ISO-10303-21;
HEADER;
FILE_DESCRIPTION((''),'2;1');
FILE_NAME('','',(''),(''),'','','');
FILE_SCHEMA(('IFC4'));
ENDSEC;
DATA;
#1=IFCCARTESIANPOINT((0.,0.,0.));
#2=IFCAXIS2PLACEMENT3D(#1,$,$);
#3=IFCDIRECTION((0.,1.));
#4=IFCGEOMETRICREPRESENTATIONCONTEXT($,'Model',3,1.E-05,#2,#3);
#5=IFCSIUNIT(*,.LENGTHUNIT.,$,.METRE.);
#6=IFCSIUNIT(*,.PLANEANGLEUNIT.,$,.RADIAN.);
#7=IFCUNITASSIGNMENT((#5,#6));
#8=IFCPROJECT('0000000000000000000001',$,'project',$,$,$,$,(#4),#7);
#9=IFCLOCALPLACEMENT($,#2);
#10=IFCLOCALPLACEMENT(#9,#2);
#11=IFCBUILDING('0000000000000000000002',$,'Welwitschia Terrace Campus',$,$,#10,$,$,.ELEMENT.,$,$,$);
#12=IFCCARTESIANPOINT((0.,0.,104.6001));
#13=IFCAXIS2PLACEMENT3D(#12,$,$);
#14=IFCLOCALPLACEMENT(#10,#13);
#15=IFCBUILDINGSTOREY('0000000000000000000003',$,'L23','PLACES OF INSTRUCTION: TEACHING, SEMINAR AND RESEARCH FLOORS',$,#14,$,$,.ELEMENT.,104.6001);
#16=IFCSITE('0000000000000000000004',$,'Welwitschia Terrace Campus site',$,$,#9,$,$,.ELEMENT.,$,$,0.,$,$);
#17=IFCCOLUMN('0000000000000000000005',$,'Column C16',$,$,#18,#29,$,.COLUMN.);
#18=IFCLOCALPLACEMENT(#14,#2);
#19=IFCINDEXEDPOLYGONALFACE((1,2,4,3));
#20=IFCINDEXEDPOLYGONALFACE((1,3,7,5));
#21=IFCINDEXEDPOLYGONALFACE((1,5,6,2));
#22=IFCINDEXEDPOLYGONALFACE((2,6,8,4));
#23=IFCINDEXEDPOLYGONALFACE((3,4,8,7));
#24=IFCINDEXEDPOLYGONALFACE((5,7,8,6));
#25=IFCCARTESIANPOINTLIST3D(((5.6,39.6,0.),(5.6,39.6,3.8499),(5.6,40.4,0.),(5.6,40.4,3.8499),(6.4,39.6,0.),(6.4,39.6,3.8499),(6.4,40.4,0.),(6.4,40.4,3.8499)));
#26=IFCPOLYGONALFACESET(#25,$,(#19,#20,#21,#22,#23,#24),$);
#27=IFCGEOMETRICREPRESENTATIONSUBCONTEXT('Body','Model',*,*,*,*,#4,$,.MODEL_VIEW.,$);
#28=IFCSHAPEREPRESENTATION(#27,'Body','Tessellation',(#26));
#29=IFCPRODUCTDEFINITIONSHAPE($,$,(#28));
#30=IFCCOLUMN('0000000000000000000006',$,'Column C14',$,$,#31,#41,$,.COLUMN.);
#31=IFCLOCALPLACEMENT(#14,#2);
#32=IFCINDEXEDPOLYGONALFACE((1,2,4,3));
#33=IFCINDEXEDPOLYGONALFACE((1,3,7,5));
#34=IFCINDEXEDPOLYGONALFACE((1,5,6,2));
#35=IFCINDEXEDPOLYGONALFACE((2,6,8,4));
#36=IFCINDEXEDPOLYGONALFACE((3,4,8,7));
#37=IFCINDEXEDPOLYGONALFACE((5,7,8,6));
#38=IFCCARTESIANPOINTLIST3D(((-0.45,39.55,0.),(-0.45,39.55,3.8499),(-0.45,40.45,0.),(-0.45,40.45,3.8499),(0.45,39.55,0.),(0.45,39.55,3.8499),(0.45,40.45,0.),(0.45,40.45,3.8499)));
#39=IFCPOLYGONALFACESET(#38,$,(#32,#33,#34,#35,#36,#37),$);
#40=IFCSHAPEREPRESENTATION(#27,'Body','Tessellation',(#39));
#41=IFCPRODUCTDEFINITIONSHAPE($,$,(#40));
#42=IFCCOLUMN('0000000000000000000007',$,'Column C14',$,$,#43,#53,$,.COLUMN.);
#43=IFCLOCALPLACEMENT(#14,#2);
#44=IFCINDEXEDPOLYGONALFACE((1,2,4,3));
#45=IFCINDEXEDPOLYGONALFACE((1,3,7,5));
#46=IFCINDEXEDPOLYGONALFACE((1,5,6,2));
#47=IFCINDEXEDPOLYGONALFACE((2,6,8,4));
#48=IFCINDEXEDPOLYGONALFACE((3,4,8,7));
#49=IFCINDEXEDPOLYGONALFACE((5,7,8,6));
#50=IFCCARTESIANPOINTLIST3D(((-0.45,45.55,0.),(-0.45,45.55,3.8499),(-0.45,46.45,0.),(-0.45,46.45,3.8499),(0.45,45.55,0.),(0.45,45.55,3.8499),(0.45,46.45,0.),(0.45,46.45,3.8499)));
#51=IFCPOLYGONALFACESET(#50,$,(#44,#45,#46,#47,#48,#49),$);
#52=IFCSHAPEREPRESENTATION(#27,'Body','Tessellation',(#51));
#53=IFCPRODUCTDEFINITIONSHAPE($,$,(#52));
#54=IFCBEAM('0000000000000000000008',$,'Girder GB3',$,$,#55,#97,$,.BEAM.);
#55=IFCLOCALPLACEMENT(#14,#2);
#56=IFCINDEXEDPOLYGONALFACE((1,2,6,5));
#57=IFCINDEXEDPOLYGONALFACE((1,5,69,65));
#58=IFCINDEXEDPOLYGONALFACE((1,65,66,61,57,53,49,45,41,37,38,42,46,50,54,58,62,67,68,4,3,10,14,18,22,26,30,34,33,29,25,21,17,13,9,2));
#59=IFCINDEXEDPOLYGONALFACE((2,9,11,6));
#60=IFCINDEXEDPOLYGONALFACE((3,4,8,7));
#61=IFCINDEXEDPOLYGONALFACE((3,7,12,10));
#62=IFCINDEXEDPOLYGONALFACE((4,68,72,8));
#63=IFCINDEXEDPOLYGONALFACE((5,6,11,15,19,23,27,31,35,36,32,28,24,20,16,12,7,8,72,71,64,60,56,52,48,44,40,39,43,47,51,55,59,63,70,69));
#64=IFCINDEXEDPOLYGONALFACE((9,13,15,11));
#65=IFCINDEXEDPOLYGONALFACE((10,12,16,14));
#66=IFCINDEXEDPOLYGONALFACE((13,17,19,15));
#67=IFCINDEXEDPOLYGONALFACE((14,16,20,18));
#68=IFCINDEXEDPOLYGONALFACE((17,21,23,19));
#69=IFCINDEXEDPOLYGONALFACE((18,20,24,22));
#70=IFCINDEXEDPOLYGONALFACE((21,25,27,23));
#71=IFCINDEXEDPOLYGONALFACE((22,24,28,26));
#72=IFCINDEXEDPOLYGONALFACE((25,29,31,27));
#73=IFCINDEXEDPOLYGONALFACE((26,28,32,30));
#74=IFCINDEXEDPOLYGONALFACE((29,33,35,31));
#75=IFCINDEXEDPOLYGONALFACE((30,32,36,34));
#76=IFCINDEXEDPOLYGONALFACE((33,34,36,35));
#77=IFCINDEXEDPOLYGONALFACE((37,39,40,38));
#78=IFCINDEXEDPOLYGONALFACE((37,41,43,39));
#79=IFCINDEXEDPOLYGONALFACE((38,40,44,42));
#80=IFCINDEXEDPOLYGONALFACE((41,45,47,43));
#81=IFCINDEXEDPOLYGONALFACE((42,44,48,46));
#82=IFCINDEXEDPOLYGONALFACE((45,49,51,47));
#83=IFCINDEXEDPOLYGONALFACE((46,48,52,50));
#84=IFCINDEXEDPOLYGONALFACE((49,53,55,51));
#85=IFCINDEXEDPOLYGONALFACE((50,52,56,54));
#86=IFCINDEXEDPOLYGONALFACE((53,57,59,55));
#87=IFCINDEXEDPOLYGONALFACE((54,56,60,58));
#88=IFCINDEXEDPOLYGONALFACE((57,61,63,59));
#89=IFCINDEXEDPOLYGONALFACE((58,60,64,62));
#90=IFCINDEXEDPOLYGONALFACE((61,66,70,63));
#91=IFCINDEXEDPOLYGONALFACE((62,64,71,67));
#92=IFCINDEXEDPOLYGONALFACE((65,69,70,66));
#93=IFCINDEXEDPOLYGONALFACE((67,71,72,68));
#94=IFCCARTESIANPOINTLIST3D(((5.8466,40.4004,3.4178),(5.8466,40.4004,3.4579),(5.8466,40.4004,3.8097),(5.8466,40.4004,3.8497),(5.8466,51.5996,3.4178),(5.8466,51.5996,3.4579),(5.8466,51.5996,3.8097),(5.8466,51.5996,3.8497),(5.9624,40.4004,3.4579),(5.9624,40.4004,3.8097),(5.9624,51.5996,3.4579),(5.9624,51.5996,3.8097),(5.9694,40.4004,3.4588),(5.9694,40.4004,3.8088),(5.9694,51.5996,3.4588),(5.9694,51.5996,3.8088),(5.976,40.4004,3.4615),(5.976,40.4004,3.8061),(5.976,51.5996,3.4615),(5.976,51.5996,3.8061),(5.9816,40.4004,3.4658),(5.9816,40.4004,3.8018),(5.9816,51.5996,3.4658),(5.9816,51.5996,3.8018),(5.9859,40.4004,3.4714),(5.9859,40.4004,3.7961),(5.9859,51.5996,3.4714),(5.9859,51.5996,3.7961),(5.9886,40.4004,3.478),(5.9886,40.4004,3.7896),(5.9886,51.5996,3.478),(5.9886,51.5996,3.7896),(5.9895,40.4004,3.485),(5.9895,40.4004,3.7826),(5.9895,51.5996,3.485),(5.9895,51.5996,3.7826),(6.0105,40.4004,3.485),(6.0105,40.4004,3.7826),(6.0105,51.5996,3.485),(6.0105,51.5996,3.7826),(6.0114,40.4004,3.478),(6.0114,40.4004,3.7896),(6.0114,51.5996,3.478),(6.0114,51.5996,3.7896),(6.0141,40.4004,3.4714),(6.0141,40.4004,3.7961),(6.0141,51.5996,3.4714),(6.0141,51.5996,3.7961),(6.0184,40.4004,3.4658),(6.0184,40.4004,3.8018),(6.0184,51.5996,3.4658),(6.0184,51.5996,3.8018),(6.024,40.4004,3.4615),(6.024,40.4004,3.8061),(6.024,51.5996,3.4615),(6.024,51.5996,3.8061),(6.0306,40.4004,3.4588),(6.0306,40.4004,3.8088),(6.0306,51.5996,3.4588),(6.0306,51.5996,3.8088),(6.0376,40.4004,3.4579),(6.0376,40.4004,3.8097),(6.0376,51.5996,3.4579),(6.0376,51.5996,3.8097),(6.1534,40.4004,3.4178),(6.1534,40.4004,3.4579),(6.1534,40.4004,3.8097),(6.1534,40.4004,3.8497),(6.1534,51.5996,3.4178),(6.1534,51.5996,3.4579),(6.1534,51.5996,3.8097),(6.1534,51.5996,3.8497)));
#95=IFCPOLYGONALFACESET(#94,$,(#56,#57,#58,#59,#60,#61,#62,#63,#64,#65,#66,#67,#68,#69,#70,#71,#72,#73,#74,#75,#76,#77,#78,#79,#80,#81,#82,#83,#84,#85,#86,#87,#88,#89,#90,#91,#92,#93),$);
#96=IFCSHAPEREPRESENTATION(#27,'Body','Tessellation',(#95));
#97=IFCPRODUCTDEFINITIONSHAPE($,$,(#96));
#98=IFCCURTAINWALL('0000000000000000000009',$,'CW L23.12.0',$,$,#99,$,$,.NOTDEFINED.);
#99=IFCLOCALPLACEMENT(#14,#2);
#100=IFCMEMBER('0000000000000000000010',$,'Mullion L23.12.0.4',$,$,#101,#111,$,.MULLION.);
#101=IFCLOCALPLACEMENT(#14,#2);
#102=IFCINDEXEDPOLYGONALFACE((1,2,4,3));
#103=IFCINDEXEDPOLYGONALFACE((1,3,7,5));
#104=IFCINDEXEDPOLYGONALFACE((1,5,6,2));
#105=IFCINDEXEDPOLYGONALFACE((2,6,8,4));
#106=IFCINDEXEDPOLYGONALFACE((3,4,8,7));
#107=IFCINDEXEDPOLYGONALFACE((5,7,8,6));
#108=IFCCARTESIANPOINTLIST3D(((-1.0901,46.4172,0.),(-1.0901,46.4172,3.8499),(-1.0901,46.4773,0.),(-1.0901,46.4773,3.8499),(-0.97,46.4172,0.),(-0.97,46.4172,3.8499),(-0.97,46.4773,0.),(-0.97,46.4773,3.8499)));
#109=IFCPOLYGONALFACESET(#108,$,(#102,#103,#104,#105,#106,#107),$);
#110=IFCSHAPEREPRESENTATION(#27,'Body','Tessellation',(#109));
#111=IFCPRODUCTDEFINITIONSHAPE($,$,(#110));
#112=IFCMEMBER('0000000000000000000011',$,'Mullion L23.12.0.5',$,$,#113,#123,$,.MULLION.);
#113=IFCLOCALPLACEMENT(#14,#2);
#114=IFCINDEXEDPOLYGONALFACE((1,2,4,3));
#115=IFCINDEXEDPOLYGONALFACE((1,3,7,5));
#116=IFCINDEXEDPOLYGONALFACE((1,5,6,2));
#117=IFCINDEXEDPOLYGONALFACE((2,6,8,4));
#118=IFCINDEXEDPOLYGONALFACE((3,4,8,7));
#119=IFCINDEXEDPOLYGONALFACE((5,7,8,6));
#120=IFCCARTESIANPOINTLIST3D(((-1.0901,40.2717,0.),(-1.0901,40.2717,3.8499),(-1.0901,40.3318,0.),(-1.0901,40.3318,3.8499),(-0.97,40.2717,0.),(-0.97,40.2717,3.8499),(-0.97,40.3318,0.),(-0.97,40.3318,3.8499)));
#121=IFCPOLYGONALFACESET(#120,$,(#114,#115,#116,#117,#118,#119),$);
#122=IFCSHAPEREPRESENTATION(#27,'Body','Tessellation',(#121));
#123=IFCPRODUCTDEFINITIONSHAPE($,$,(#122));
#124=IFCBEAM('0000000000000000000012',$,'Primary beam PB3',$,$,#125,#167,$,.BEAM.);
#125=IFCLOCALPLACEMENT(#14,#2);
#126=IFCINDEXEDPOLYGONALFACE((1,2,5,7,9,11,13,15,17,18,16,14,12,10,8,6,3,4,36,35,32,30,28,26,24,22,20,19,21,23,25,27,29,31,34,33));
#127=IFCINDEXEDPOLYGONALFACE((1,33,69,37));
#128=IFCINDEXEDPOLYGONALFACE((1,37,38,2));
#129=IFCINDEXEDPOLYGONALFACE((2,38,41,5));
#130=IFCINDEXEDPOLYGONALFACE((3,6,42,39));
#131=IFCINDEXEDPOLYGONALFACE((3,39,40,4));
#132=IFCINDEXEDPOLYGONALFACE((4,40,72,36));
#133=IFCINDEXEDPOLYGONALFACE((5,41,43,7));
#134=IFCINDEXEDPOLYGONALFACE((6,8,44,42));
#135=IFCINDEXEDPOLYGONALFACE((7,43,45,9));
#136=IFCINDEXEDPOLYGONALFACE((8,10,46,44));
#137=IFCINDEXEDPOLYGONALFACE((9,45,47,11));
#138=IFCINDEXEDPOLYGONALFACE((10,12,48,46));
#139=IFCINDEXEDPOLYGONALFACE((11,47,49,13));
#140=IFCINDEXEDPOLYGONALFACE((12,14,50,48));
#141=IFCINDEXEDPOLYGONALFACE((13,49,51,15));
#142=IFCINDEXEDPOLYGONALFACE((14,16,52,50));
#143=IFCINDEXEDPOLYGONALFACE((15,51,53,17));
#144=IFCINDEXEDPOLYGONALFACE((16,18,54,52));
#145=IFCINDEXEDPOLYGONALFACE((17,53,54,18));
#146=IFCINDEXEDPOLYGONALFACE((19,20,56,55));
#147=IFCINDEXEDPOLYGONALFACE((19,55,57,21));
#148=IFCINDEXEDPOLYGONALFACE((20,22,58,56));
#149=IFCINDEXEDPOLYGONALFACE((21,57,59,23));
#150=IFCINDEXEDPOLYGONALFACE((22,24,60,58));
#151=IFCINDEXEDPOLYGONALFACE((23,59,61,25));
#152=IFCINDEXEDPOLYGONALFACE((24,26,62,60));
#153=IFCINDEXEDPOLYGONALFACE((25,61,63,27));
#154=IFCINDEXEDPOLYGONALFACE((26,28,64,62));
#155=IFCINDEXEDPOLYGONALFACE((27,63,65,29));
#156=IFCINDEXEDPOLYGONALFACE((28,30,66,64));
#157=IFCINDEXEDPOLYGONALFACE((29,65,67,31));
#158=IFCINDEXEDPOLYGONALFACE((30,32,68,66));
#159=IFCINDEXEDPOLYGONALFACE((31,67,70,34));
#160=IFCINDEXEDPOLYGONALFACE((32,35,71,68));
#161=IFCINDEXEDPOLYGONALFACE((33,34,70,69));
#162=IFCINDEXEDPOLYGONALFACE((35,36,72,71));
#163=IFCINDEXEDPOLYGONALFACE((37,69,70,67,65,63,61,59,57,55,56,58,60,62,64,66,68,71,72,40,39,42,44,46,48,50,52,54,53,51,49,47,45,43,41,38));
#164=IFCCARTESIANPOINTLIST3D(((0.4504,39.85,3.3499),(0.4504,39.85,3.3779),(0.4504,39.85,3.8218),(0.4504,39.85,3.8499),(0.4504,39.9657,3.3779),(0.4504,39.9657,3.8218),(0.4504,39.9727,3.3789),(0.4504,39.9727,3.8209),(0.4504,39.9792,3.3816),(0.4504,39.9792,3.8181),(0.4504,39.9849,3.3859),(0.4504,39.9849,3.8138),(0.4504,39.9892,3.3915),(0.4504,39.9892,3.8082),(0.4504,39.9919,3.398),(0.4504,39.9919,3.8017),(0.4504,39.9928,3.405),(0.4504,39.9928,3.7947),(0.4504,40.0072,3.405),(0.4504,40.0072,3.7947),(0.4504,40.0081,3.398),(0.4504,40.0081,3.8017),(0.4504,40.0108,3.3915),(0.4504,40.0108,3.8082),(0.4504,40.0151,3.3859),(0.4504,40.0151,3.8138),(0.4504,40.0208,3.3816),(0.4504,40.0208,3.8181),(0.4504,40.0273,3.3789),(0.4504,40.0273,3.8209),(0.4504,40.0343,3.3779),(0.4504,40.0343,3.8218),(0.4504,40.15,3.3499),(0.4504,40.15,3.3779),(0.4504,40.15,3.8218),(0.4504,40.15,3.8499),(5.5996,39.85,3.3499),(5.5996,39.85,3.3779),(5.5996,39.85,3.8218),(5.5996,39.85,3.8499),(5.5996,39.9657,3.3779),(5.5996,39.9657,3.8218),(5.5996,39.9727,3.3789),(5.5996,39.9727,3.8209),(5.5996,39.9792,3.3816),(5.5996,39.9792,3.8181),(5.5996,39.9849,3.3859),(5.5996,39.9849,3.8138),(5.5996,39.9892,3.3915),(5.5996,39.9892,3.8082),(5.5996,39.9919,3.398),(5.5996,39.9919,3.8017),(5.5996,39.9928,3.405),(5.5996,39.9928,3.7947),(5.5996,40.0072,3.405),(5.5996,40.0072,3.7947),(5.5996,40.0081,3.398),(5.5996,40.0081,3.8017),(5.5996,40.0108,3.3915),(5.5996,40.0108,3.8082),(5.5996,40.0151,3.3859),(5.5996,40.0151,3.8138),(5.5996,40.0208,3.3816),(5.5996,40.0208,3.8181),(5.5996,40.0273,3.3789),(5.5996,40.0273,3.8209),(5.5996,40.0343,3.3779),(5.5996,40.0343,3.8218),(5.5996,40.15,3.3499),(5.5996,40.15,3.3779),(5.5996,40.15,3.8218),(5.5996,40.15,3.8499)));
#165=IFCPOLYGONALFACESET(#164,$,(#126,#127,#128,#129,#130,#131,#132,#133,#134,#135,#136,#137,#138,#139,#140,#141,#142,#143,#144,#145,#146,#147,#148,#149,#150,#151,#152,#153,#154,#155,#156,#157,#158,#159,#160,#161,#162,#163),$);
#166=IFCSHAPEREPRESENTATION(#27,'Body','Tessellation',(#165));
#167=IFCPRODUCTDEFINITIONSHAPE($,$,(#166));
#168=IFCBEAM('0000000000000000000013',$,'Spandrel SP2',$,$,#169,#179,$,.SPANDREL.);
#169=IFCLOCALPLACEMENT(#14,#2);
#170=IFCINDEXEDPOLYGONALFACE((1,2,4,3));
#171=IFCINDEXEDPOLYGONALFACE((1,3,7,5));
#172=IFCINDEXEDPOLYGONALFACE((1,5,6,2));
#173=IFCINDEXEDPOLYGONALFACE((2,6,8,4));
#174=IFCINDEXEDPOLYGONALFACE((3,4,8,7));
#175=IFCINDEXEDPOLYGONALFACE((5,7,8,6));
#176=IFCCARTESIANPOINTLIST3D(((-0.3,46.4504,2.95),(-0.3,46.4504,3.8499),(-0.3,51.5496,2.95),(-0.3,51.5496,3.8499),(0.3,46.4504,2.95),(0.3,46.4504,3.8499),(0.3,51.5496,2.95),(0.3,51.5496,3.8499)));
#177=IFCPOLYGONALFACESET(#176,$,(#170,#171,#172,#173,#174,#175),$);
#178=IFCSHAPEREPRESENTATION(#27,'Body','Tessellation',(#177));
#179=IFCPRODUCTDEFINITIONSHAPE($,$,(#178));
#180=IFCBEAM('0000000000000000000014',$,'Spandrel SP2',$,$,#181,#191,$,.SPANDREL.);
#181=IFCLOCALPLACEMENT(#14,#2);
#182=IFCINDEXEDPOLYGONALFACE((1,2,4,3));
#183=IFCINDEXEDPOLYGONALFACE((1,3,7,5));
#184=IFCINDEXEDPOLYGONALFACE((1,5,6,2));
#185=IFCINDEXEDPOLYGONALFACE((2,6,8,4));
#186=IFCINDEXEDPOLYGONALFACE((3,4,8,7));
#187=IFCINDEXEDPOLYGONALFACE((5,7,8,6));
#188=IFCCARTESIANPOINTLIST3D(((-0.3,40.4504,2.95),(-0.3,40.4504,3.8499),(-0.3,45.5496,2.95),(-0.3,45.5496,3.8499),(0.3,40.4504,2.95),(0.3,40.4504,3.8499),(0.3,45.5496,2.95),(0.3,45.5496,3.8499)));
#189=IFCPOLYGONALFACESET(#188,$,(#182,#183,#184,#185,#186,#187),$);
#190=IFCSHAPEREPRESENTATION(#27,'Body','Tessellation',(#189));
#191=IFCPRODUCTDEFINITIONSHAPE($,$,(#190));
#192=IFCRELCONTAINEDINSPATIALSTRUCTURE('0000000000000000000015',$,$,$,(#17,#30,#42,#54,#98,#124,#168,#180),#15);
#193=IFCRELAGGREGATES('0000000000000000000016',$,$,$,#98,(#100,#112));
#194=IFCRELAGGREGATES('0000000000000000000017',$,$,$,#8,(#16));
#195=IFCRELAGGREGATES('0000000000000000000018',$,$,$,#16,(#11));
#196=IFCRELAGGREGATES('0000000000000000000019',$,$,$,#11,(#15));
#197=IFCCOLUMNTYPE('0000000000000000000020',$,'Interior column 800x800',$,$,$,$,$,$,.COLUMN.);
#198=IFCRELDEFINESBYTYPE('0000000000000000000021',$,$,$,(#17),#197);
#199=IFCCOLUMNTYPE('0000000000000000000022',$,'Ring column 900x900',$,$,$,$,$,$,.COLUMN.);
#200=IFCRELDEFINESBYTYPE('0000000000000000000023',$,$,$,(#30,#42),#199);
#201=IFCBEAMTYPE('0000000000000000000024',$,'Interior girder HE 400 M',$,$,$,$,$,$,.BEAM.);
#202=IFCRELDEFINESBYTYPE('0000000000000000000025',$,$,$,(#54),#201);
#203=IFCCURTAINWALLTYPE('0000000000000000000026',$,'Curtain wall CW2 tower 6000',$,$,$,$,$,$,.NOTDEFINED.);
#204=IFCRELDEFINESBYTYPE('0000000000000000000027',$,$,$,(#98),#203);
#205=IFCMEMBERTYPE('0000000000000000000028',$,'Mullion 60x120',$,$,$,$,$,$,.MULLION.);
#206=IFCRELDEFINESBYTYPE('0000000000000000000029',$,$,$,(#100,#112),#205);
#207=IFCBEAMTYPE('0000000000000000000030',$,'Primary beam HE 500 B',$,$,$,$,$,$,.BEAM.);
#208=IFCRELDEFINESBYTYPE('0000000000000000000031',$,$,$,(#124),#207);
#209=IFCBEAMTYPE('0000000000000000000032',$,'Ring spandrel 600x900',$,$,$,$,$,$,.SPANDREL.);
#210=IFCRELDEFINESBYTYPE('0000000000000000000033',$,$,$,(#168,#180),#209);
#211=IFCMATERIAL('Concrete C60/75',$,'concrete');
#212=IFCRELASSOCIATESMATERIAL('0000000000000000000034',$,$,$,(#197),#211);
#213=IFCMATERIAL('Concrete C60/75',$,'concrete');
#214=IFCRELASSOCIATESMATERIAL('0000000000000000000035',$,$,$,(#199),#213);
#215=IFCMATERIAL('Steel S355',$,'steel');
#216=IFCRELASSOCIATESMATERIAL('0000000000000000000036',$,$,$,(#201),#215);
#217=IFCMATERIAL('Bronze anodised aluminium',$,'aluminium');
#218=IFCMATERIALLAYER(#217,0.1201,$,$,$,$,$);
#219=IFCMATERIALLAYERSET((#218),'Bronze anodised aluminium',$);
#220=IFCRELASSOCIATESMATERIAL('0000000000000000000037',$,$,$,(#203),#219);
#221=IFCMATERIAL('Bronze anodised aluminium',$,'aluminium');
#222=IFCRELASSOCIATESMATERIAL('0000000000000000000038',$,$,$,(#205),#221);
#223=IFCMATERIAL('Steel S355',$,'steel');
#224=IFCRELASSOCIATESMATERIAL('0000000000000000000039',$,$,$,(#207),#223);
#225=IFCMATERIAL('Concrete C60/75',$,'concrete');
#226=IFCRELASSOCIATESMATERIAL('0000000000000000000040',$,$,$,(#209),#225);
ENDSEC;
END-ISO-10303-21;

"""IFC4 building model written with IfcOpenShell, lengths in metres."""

from ifc_helpers import new_model, si_unit, direction, frame, origin, origin_2d, place, context, subcontext, project, spatial, rectangle, i_section, extrude, material, layer, layer_set, material_profile, profile_set, type_object, element, aggregate, save


model = new_model("IFC4")

# Units and contexts
model_context = context("Model", 3, precision=1e-05, world=origin(), true_north=direction((0.0, 1.0)))
body_context = subcontext(model_context, "Body", "Model", "MODEL_VIEW")
ifc_project = project(units=[si_unit("LENGTHUNIT", "METRE"), si_unit("PLANEANGLEUNIT", "RADIAN")], contexts=[model_context])

# Site, building, storey
site_placement = place(None, origin())
site = spatial("IfcSite", under=ifc_project, at=site_placement, Name="Welwitschia Terrace Campus site", CompositionType="ELEMENT", RefElevation=0.0)
building_placement = place(site_placement, origin())
building = spatial("IfcBuilding", under=site, at=building_placement, Name="Welwitschia Terrace Campus", CompositionType="ELEMENT")
storey_placement = place(building_placement, frame((0.0, 0.0, 104.6001)))
storey = spatial("IfcBuildingStorey", under=building, at=storey_placement, Name="L23", Description="PLACES OF INSTRUCTION: TEACHING, SEMINAR AND RESEARCH FLOORS", CompositionType="ELEMENT", Elevation=104.6001)

# Columns
ifc_material_1 = material(Name="Concrete C60/75", Category="concrete")
ifc_material_profile_1 = material_profile(ifc_material_1, rectangle(XDim=0.8, YDim=0.8, at=origin_2d()))
ifc_profile_set_1 = profile_set([ifc_material_profile_1], Name="Concrete C60/75")
column_type_1 = type_object("IfcColumnType", Name="Interior column 800x800", PredefinedType="COLUMN", material=ifc_profile_set_1)
column_placement = place(storey_placement, frame((6.0, 40.0, 0.0), z_axis=(0.0, 0.0, 1.0), x_axis=(1.0, 0.0, 0.0)))
element("IfcColumn", 1, at=column_placement, inside=storey, type_object=column_type_1, Name="Column C16", PredefinedType="COLUMN", context=body_context, shape_type="SweptSolid", body=[
    extrude(rectangle(XDim=0.8, YDim=0.8, at=origin_2d()), origin(), (0.0, 0.0, 1.0), 3.8499),
])
ifc_material_2 = material(Name="Concrete C60/75", Category="concrete")
ifc_material_profile_2 = material_profile(ifc_material_2, rectangle(XDim=0.8999, YDim=0.8999, at=origin_2d()))
ifc_profile_set_2 = profile_set([ifc_material_profile_2], Name="Concrete C60/75")
column_type_2 = type_object("IfcColumnType", Name="Ring column 900x900", PredefinedType="COLUMN", material=ifc_profile_set_2)
for number, where, z_axis, x_axis, name in (
    (2, (0.0, 40.0, 0.0), (0.0, 0.0, 1.0), (1.0, 0.0, 0.0), "Column C14"),
    (3, (0.0, 46.0, 0.0), (0.0, 0.0, 1.0), (1.0, 0.0, 0.0), "Column C14"),
):
    element("IfcColumn", number, at=place(storey_placement, frame(where, z_axis=z_axis, x_axis=x_axis)), inside=storey, type_object=column_type_2, Name=name, PredefinedType="COLUMN", context=body_context, shape_type="SweptSolid", body=[
        extrude(rectangle(XDim=0.8999, YDim=0.8999, at=origin_2d()), origin(), (0.0, 0.0, 1.0), 3.8499),
    ])

# Beam
ifc_material_3 = material(Name="Steel S355", Category="steel")
ifc_material_profile_3 = material_profile(ifc_material_3, i_section(OverallWidth=0.3069, OverallDepth=0.4319, WebThickness=0.021, FlangeThickness=0.04, FilletRadius=0.0271, at=origin_2d()))
ifc_profile_set_3 = profile_set([ifc_material_profile_3], Name="Steel S355")
beam_type_1 = type_object("IfcBeamType", Name="Interior girder HE 400 M", PredefinedType="BEAM", material=ifc_profile_set_3)
beam_1_placement = place(storey_placement, frame((6.0, 40.4004, 3.6338), z_axis=(0.0, 1.0, 0.0), x_axis=(-1.0, 0.0, 0.0)))
element("IfcBeam", 4, at=beam_1_placement, inside=storey, type_object=beam_type_1, Name="Girder GB3", PredefinedType="BEAM", context=body_context, shape_type="SweptSolid", body=[
    extrude(i_section(OverallWidth=0.3069, OverallDepth=0.4319, WebThickness=0.021, FlangeThickness=0.04, FilletRadius=0.0271, at=origin_2d()), origin(), (0.0, 0.0, 1.0), 11.1992),
])

# Curtain wall, members
ifc_material_4 = material(Name="Bronze anodised aluminium", Category="aluminium")
ifc_layer_1 = layer(ifc_material_4, 0.1201)
ifc_layer_set_1 = layer_set([ifc_layer_1], Name="Bronze anodised aluminium")
curtain_wall_type = type_object("IfcCurtainWallType", Name="Curtain wall CW2 tower 6000", PredefinedType="NOTDEFINED", material=ifc_layer_set_1)
curtain_wall_placement = place(storey_placement, origin())
curtain_wall = element("IfcCurtainWall", 5, at=curtain_wall_placement, inside=storey, type_object=curtain_wall_type, Name="CW L23.12.0", PredefinedType="NOTDEFINED")
ifc_material_5 = material(Name="Bronze anodised aluminium", Category="aluminium")
ifc_material_profile_4 = material_profile(ifc_material_5, rectangle(XDim=0.1201, YDim=0.0601, at=origin_2d()))
ifc_profile_set_4 = profile_set([ifc_material_profile_4], Name="Bronze anodised aluminium")
member_type = type_object("IfcMemberType", Name="Mullion 60x120", PredefinedType="MULLION", material=ifc_profile_set_4)
member_1_placement = place(storey_placement, frame((-1.03, 46.4473, 0.0), z_axis=(0.0, 0.0, 1.0), x_axis=(1.0, 0.0, 0.0)))
member_1 = element("IfcMember", 6, at=member_1_placement, type_object=member_type, Name="Mullion L23.12.0.4", PredefinedType="MULLION", context=body_context, shape_type="SweptSolid", body=[
    extrude(rectangle(XDim=0.1201, YDim=0.0601, at=origin_2d()), origin(), (0.0, 0.0, 1.0), 3.8499),
])
member_2_placement = place(storey_placement, frame((-1.03, 40.3018, 0.0), z_axis=(0.0, 0.0, 1.0), x_axis=(1.0, 0.0, 0.0)))
member_2 = element("IfcMember", 7, at=member_2_placement, type_object=member_type, Name="Mullion L23.12.0.5", PredefinedType="MULLION", context=body_context, shape_type="SweptSolid", body=[
    extrude(rectangle(XDim=0.1201, YDim=0.0601, at=origin_2d()), origin(), (0.0, 0.0, 1.0), 3.8499),
])

# Beams
ifc_material_6 = material(Name="Steel S355", Category="steel")
ifc_material_profile_5 = material_profile(ifc_material_6, i_section(OverallWidth=0.3, OverallDepth=0.5, WebThickness=0.0144, FlangeThickness=0.0281, FilletRadius=0.0271, at=origin_2d()))
ifc_profile_set_5 = profile_set([ifc_material_profile_5], Name="Steel S355")
beam_type_2 = type_object("IfcBeamType", Name="Primary beam HE 500 B", PredefinedType="BEAM", material=ifc_profile_set_5)
beam_2_placement = place(storey_placement, frame((0.4504, 40.0, 3.5999), z_axis=(1.0, 0.0, 0.0), x_axis=(0.0, 1.0, 0.0)))
element("IfcBeam", 8, at=beam_2_placement, inside=storey, type_object=beam_type_2, Name="Primary beam PB3", PredefinedType="BEAM", context=body_context, shape_type="SweptSolid", body=[
    extrude(i_section(OverallWidth=0.3, OverallDepth=0.5, WebThickness=0.0144, FlangeThickness=0.0281, FilletRadius=0.0271, at=origin_2d()), origin(), (0.0, 0.0, 1.0), 5.1492),
])
ifc_material_7 = material(Name="Concrete C60/75", Category="concrete")
ifc_material_profile_6 = material_profile(ifc_material_7, rectangle(XDim=0.6001, YDim=0.8999, at=origin_2d()))
ifc_profile_set_6 = profile_set([ifc_material_profile_6], Name="Concrete C60/75")
beam_type_3 = type_object("IfcBeamType", Name="Ring spandrel 600x900", PredefinedType="SPANDREL", material=ifc_profile_set_6)
for number, where, z_axis, x_axis, name in (
    (9, (0.0, 51.5496, 3.3999), (0.0, -1.0, 0.0), (1.0, 0.0, 0.0), "Spandrel SP2"),
    (10, (0.0, 45.5496, 3.3999), (0.0, -1.0, 0.0), (1.0, 0.0, 0.0), "Spandrel SP2"),
):
    element("IfcBeam", number, at=place(storey_placement, frame(where, z_axis=z_axis, x_axis=x_axis)), inside=storey, type_object=beam_type_3, Name=name, PredefinedType="SPANDREL", context=body_context, shape_type="SweptSolid", body=[
        extrude(rectangle(XDim=0.6001, YDim=0.8999, at=origin_2d()), origin(), (0.0, 0.0, 1.0), 5.0991),
    ])

aggregate(curtain_wall, [member_1, member_2])

save(model, "model.ifc")
